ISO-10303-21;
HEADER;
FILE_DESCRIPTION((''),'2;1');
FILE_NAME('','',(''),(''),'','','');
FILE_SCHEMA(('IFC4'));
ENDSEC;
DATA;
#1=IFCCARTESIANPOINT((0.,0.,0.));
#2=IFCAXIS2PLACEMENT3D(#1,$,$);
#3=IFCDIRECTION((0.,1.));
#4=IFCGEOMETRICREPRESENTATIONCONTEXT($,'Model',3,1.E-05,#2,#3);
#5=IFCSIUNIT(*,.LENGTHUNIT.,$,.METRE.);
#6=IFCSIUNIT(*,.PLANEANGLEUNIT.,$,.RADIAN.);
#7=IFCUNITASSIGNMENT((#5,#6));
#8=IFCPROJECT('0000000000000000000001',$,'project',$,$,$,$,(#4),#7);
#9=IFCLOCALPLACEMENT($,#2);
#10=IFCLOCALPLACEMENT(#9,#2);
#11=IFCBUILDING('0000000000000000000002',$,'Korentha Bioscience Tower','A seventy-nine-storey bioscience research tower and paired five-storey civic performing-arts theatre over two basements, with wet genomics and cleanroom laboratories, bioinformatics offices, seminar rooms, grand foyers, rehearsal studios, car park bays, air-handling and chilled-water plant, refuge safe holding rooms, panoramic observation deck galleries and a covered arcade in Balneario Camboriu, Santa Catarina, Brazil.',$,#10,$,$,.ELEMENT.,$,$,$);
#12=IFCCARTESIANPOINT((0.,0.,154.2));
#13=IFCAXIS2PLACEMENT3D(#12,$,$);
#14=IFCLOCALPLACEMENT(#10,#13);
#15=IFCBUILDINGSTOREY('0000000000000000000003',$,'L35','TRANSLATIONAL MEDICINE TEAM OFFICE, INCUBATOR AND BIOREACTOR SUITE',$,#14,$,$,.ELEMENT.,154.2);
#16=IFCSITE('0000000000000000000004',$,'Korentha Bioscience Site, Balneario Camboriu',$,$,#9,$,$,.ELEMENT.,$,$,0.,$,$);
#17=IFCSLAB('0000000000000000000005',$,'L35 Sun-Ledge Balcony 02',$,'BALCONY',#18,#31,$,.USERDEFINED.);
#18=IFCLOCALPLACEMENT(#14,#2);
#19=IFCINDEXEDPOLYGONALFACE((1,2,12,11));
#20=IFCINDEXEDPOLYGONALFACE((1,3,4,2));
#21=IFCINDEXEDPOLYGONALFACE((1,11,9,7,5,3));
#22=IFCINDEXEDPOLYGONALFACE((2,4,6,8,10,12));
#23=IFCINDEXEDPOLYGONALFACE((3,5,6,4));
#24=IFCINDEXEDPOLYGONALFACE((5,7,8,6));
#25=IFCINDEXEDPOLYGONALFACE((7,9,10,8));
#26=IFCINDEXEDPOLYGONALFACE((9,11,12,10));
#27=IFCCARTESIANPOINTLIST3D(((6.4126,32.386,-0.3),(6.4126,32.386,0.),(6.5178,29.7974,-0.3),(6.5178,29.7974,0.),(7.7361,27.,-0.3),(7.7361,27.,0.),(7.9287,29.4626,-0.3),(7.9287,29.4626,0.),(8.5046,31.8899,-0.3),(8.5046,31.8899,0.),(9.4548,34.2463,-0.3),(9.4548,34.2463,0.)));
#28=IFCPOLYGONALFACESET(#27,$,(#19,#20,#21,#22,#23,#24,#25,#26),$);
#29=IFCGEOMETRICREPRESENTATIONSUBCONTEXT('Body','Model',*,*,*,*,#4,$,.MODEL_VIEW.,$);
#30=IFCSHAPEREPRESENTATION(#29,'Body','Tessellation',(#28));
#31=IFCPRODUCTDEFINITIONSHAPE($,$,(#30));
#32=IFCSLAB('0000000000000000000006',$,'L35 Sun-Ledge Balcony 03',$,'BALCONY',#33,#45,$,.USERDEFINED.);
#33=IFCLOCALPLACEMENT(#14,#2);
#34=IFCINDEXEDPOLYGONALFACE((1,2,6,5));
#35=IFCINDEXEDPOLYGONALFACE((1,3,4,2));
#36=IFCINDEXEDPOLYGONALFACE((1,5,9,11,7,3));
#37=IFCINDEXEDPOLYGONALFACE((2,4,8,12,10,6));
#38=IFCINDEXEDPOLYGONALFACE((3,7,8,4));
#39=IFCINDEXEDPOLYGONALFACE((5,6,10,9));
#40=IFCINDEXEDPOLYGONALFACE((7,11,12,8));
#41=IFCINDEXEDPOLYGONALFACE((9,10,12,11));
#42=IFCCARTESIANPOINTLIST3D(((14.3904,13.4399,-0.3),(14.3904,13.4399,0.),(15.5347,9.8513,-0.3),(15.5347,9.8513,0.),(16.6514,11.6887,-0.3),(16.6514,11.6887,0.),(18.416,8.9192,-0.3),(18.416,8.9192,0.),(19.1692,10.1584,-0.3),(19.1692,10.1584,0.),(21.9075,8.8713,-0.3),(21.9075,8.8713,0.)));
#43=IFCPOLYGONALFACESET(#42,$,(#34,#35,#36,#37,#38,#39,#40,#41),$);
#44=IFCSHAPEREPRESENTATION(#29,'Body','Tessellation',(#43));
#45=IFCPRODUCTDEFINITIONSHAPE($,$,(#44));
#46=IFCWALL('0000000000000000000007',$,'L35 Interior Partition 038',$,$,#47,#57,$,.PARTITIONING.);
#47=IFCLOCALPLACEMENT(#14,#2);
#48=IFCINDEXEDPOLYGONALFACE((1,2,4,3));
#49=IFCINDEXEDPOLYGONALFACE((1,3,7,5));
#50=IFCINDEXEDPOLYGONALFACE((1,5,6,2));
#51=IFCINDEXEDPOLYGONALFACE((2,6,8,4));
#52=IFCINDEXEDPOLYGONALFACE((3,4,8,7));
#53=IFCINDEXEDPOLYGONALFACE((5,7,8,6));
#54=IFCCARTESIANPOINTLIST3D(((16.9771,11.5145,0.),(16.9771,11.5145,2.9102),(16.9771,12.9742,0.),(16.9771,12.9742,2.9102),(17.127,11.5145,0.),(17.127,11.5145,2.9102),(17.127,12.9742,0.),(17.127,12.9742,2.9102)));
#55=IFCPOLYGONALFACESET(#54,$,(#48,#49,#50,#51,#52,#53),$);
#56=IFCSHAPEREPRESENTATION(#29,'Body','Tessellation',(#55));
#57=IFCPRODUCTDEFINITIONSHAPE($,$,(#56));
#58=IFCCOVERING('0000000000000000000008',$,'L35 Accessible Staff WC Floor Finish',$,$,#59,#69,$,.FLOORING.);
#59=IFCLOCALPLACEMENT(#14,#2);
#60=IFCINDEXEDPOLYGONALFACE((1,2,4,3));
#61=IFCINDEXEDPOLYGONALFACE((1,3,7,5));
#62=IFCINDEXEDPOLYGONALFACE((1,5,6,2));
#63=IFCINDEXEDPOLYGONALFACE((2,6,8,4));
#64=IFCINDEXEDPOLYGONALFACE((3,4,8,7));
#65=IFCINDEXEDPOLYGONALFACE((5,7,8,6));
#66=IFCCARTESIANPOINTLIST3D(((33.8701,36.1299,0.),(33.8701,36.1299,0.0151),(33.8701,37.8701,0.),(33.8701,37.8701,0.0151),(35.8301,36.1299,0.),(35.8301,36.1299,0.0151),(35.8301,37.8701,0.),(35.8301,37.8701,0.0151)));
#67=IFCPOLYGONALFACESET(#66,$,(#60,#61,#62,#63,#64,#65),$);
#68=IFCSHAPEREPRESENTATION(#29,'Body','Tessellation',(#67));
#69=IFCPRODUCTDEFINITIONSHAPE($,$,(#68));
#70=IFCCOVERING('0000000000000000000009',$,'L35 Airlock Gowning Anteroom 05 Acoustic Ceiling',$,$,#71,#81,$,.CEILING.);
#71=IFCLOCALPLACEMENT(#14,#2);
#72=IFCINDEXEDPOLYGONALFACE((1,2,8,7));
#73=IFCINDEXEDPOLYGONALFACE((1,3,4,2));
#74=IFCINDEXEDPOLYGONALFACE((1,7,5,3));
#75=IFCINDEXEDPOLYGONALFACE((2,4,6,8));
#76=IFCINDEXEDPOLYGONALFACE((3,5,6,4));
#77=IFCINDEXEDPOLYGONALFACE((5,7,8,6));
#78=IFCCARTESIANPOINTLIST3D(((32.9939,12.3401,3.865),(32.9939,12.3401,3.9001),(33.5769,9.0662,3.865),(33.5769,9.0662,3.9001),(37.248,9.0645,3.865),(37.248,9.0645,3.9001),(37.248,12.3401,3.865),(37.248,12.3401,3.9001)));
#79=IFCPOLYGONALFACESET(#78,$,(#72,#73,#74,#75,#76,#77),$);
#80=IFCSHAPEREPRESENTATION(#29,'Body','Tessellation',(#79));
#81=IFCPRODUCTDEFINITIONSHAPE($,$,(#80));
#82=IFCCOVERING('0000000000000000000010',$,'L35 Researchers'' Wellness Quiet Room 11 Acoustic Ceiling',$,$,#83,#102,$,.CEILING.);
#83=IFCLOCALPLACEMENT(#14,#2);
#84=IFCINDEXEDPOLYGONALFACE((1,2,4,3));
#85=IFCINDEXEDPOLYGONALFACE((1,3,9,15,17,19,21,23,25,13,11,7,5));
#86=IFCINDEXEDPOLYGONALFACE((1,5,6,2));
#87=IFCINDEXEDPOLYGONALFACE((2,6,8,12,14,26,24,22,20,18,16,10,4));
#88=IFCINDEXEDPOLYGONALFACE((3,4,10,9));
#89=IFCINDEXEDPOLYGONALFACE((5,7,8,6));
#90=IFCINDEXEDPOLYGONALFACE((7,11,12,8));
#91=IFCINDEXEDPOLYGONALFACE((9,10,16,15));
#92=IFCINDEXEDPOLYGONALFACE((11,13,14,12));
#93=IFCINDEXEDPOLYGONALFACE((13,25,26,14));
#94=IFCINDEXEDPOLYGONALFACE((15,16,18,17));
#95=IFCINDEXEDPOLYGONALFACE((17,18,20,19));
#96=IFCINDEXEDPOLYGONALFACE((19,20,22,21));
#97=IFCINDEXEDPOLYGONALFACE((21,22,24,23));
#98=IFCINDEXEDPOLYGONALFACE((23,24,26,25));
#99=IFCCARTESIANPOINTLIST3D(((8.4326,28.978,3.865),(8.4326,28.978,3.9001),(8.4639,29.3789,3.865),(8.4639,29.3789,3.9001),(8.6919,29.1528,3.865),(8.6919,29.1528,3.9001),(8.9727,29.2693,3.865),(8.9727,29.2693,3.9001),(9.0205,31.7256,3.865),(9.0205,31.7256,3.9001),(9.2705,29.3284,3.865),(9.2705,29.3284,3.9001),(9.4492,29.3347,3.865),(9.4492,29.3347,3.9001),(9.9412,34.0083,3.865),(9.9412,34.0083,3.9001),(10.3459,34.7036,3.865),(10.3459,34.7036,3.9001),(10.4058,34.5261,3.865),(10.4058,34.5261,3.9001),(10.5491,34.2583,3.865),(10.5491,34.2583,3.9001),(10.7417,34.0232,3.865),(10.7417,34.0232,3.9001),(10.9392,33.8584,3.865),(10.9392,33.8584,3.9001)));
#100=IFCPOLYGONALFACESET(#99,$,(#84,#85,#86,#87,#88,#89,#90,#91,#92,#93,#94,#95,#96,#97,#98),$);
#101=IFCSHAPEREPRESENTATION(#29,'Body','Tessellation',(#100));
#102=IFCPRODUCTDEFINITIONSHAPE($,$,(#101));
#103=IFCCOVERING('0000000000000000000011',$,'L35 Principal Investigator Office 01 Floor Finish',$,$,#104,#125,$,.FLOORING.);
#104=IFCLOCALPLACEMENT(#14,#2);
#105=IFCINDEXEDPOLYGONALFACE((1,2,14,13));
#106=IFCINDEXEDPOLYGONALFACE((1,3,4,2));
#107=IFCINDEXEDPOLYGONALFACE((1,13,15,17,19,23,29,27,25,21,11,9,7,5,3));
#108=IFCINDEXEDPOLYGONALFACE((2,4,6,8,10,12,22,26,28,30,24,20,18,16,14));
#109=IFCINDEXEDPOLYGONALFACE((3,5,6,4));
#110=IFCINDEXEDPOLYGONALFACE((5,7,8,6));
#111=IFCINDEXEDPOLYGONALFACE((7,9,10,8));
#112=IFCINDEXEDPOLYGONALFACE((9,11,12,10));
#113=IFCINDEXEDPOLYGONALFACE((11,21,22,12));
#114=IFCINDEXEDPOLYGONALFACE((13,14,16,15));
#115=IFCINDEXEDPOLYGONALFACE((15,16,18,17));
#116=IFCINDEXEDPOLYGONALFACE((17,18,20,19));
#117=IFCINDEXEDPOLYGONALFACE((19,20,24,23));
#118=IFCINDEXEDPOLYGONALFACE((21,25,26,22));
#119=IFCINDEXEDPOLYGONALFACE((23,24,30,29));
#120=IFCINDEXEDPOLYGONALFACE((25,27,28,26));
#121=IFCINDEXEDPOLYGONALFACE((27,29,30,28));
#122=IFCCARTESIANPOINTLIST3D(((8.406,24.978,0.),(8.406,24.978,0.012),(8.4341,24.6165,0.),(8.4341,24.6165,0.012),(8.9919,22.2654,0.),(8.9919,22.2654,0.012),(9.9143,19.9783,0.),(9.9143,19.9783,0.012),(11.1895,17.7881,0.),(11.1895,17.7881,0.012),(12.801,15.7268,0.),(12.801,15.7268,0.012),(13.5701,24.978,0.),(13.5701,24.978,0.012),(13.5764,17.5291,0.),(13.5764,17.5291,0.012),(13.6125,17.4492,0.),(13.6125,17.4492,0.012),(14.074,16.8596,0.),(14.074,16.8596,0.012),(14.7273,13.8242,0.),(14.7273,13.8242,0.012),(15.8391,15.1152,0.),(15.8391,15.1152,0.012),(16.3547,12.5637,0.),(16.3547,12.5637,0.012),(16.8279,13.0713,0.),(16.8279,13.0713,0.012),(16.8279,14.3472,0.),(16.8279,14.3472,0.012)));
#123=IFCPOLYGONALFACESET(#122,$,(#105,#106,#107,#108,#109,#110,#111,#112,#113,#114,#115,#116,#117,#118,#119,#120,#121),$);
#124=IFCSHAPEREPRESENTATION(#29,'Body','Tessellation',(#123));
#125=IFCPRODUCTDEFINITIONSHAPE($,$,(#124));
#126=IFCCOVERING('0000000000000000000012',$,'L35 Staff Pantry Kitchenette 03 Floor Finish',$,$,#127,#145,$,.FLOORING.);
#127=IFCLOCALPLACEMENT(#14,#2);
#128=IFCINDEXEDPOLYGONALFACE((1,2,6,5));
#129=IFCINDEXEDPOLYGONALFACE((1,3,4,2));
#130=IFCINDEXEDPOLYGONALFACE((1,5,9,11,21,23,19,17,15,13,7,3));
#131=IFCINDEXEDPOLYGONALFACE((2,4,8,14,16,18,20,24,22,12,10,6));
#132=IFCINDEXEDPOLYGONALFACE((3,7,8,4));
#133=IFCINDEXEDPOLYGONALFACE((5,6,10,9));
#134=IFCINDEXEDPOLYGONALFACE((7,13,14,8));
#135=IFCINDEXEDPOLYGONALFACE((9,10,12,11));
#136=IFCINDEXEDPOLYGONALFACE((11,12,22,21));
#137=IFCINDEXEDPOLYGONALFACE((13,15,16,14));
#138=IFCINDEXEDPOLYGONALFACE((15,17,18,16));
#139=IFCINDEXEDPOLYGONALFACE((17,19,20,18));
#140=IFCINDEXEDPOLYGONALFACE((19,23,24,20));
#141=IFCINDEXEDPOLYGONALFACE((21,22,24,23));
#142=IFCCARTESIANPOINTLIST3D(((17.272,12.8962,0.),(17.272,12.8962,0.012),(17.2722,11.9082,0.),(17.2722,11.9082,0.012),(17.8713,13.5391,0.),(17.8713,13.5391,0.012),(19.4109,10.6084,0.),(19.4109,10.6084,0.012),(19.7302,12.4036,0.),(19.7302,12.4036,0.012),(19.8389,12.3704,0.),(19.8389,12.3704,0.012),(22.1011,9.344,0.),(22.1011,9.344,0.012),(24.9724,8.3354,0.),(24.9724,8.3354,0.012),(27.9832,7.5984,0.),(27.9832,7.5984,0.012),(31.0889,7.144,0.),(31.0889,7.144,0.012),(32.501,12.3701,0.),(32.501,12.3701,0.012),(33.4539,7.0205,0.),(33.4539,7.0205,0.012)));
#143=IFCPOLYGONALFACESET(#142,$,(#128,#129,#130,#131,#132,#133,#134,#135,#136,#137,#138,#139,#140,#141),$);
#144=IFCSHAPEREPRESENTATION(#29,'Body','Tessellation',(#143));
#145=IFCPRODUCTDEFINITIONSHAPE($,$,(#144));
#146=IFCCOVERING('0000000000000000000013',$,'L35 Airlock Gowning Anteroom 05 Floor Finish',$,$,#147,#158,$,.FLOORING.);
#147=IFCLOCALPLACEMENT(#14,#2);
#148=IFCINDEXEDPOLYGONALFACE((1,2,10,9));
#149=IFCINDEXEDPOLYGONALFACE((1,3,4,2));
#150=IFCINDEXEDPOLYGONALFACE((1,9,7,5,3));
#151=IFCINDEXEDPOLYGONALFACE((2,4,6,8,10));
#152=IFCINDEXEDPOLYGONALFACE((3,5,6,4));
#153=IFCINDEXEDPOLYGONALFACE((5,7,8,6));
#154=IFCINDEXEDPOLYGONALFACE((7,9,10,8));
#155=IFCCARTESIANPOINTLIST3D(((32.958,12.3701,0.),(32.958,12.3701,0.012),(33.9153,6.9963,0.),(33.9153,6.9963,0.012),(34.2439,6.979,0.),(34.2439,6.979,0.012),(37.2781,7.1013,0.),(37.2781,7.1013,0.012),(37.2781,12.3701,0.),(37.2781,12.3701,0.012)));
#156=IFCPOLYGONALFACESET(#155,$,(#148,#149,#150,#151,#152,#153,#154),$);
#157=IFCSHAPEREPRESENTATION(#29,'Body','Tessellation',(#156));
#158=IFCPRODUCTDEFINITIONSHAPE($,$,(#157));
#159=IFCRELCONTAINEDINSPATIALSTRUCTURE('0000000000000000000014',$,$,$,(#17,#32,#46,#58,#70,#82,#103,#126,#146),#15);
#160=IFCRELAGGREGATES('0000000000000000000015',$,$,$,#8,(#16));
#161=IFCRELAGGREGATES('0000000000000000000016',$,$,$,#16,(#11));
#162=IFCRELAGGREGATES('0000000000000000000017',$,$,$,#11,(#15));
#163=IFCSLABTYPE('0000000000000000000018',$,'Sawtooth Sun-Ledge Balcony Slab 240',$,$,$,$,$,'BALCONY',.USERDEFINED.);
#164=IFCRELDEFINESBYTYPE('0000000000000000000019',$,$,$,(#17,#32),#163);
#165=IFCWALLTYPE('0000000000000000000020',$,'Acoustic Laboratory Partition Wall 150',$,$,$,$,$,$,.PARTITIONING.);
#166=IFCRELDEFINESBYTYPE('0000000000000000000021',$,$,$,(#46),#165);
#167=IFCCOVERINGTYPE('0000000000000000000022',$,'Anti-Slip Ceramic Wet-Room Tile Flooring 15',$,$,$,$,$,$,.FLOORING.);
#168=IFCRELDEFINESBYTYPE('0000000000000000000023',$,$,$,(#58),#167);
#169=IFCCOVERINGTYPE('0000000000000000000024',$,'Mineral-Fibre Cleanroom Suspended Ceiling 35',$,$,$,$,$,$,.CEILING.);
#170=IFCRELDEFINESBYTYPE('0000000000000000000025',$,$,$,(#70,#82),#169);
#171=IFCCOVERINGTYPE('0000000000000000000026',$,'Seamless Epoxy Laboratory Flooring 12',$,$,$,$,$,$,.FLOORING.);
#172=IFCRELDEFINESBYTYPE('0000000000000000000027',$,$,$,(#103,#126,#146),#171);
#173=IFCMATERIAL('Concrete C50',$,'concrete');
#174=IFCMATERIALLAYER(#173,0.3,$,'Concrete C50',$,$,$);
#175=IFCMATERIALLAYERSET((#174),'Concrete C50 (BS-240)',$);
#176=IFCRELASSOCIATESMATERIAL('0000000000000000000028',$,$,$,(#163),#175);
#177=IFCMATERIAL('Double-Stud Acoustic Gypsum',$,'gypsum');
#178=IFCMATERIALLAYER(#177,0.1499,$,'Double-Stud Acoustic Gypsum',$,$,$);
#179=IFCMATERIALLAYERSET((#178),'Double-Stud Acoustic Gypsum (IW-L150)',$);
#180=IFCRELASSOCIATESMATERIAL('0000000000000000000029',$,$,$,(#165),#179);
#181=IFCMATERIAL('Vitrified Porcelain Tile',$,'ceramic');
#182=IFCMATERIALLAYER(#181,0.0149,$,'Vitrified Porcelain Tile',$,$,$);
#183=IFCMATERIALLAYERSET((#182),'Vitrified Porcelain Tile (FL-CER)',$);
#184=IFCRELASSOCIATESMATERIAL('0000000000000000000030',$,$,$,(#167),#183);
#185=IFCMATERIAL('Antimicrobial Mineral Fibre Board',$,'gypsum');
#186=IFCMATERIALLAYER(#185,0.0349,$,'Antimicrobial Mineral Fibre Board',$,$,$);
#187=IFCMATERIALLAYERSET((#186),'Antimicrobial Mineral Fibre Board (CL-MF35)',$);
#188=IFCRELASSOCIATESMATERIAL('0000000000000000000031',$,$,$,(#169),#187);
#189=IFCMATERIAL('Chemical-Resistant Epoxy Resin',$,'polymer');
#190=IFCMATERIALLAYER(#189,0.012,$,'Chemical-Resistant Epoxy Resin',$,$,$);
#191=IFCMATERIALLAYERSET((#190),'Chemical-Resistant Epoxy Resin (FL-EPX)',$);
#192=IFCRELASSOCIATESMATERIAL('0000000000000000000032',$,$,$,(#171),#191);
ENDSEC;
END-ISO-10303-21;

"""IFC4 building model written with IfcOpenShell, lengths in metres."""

from ifc_helpers import new_model, si_unit, direction, frame, frame_2d, origin, place, context, subcontext, project, spatial, polyline, rectangle, outline, extrude, material, layer, layer_set, type_object, element, save


model = new_model("IFC4")

# Units and contexts
model_context = context("Model", 3, precision=1e-05, world=origin(), true_north=direction((0.0, 1.0)))
body_context = subcontext(model_context, "Body", "Model", "MODEL_VIEW")
ifc_project = project(units=[si_unit("LENGTHUNIT", "METRE"), si_unit("PLANEANGLEUNIT", "RADIAN")], contexts=[model_context])

# Site, building, storey
site_placement = place(None, origin())
site = spatial("IfcSite", under=ifc_project, at=site_placement, Name="Korentha Bioscience Site, Balneario Camboriu", CompositionType="ELEMENT", RefElevation=0.0)
building_placement = place(site_placement, origin())
building = spatial("IfcBuilding", under=site, at=building_placement, Name="Korentha Bioscience Tower", Description="A seventy-nine-storey bioscience research tower and paired five-storey civic performing-arts theatre over two basements, with wet genomics and cleanroom laboratories, bioinformatics offices, seminar rooms, grand foyers, rehearsal studios, car park bays, air-handling and chilled-water plant, refuge safe holding rooms, panoramic observation deck galleries and a covered arcade in Balneario Camboriu, Santa Catarina, Brazil.", CompositionType="ELEMENT")
storey_placement = place(building_placement, frame((0.0, 0.0, 154.2)))
storey = spatial("IfcBuildingStorey", under=building, at=storey_placement, Name="L35", Description="TRANSLATIONAL MEDICINE TEAM OFFICE, INCUBATOR AND BIOREACTOR SUITE", CompositionType="ELEMENT", Elevation=154.2)

# Shared definitions
ifc_material_1 = material(Name="Concrete C50", Category="concrete")

# Slabs
ifc_layer_1 = layer(ifc_material_1, 0.3, Name="Concrete C50")
ifc_layer_set_1 = layer_set([ifc_layer_1], Name="Concrete C50 (BS-240)")
slab_type_1 = type_object("IfcSlabType", Name="Sawtooth Sun-Ledge Balcony Slab 240", ElementType="BALCONY", PredefinedType="USERDEFINED", material=ifc_layer_set_1)
slab_1_placement = place(storey_placement, frame((0.0, 0.0, -0.3)))
element("IfcSlab", 1, at=slab_1_placement, inside=storey, type_object=slab_type_1, Name="L35 Sun-Ledge Balcony 02", ObjectType="BALCONY", PredefinedType="USERDEFINED", context=body_context, shape_type="SweptSolid", body=[
    extrude(outline(polyline([(7.7361, 27.0), (7.9287, 29.4626), (8.5046, 31.8899), (9.4548, 34.2463), (6.4126, 32.386), (6.5178, 29.7974), (7.7361, 27.0)])), origin(), (0.0, 0.0, 1.0), 0.3),
])
slab_2_placement = place(storey_placement, frame((0.0, 0.0, -0.3)))
element("IfcSlab", 2, at=slab_2_placement, inside=storey, type_object=slab_type_1, Name="L35 Sun-Ledge Balcony 03", ObjectType="BALCONY", PredefinedType="USERDEFINED", context=body_context, shape_type="SweptSolid", body=[
    extrude(outline(polyline([(21.9075, 8.8713), (19.1692, 10.1584), (16.6514, 11.6887), (14.3904, 13.4399), (15.5347, 9.8513), (18.416, 8.9192), (21.9075, 8.8713)])), origin(), (0.0, 0.0, 1.0), 0.3),
])

# Wall
ifc_material_2 = material(Name="Double-Stud Acoustic Gypsum", Category="gypsum")
ifc_layer_2 = layer(ifc_material_2, 0.1499, Name="Double-Stud Acoustic Gypsum")
ifc_layer_set_2 = layer_set([ifc_layer_2], Name="Double-Stud Acoustic Gypsum (IW-L150)")
wall_type_1 = type_object("IfcWallType", Name="Acoustic Laboratory Partition Wall 150", PredefinedType="PARTITIONING", material=ifc_layer_set_2)
wall_1_placement = place(storey_placement, frame((17.052, 11.5144, 0.0), z_axis=(0.0, 0.0, 1.0), x_axis=(0.0, 1.0, 0.0)))
element("IfcWall", 3, at=wall_1_placement, inside=storey, type_object=wall_type_1, Name="L35 Interior Partition 038", PredefinedType="PARTITIONING", context=body_context, shape_type="SweptSolid", body=[
    extrude(rectangle(XDim=1.4597, YDim=0.1499, at=frame_2d((0.73, 0.0))), origin(), (0.0, 0.0, 1.0), 2.9102),
])

# Coverings
ifc_material_3 = material(Name="Vitrified Porcelain Tile", Category="ceramic")
ifc_layer_3 = layer(ifc_material_3, 0.0149, Name="Vitrified Porcelain Tile")
ifc_layer_set_3 = layer_set([ifc_layer_3], Name="Vitrified Porcelain Tile (FL-CER)")
covering_type_1 = type_object("IfcCoveringType", Name="Anti-Slip Ceramic Wet-Room Tile Flooring 15", PredefinedType="FLOORING", material=ifc_layer_set_3)
covering_1_placement = place(storey_placement, origin())
element("IfcCovering", 4, at=covering_1_placement, inside=storey, type_object=covering_type_1, Name="L35 Accessible Staff WC Floor Finish", PredefinedType="FLOORING", context=body_context, shape_type="SweptSolid", body=[
    extrude(outline(polyline([(33.8701, 36.1299), (33.8701, 37.8701), (35.8301, 37.8701), (35.8301, 36.1299), (33.8701, 36.1299)])), origin(), (0.0, 0.0, 1.0), 0.0151),
])
ifc_material_4 = material(Name="Antimicrobial Mineral Fibre Board", Category="gypsum")
ifc_layer_4 = layer(ifc_material_4, 0.0349, Name="Antimicrobial Mineral Fibre Board")
ifc_layer_set_4 = layer_set([ifc_layer_4], Name="Antimicrobial Mineral Fibre Board (CL-MF35)")
covering_type_2 = type_object("IfcCoveringType", Name="Mineral-Fibre Cleanroom Suspended Ceiling 35", PredefinedType="CEILING", material=ifc_layer_set_4)
covering_2_placement = place(storey_placement, frame((0.0, 0.0, 3.865)))
element("IfcCovering", 5, at=covering_2_placement, inside=storey, type_object=covering_type_2, Name="L35 Airlock Gowning Anteroom 05 Acoustic Ceiling", PredefinedType="CEILING", context=body_context, shape_type="SweptSolid", body=[
    extrude(outline(polyline([(37.248, 9.0645), (33.5769, 9.0662), (32.9939, 12.3401), (37.248, 12.3401), (37.248, 9.0645)])), origin(), (0.0, 0.0, 1.0), 0.0352),
])
covering_3_placement = place(storey_placement, frame((0.0, 0.0, 3.865)))
element("IfcCovering", 6, at=covering_3_placement, inside=storey, type_object=covering_type_2, Name="L35 Researchers' Wellness Quiet Room 11 Acoustic Ceiling", PredefinedType="CEILING", context=body_context, shape_type="SweptSolid", body=[
    extrude(outline(polyline([(10.3459, 34.7036), (10.4058, 34.5261), (10.5491, 34.2583), (10.7417, 34.0232), (10.9392, 33.8584), (9.4492, 29.3347), (9.2705, 29.3284), (8.9727, 29.2693), (8.6919, 29.1528), (8.4326, 28.978), (8.4639, 29.3789), (9.0205, 31.7256), (9.9412, 34.0083), (10.3459, 34.7036)])), origin(), (0.0, 0.0, 1.0), 0.0352),
])
ifc_material_5 = material(Name="Chemical-Resistant Epoxy Resin", Category="polymer")
ifc_layer_5 = layer(ifc_material_5, 0.012, Name="Chemical-Resistant Epoxy Resin")
ifc_layer_set_5 = layer_set([ifc_layer_5], Name="Chemical-Resistant Epoxy Resin (FL-EPX)")
covering_type_3 = type_object("IfcCoveringType", Name="Seamless Epoxy Laboratory Flooring 12", PredefinedType="FLOORING", material=ifc_layer_set_5)
covering_4_placement = place(storey_placement, origin())
element("IfcCovering", 7, at=covering_4_placement, inside=storey, type_object=covering_type_3, Name="L35 Principal Investigator Office 01 Floor Finish", PredefinedType="FLOORING", context=body_context, shape_type="SweptSolid", body=[
    extrude(outline(polyline([(13.5701, 24.978), (13.5764, 17.5291), (13.6125, 17.4492), (14.074, 16.8596), (15.8391, 15.1152), (16.8279, 14.3472), (16.8279, 13.0713), (16.3547, 12.5637), (14.7273, 13.8242), (12.801, 15.7268), (11.1895, 17.7881), (9.9143, 19.9783), (8.9919, 22.2654), (8.4341, 24.6165), (8.406, 24.978), (13.5701, 24.978)])), origin(), (0.0, 0.0, 1.0), 0.012),
])
covering_5_placement = place(storey_placement, origin())
element("IfcCovering", 8, at=covering_5_placement, inside=storey, type_object=covering_type_3, Name="L35 Staff Pantry Kitchenette 03 Floor Finish", PredefinedType="FLOORING", context=body_context, shape_type="SweptSolid", body=[
    extrude(outline(polyline([(17.8713, 13.5391), (19.7302, 12.4036), (19.8389, 12.3704), (32.501, 12.3701), (33.4539, 7.0205), (31.0889, 7.144), (27.9832, 7.5984), (24.9724, 8.3354), (22.1011, 9.344), (19.4109, 10.6084), (17.2722, 11.9082), (17.272, 12.8962), (17.8713, 13.5391)])), origin(), (0.0, 0.0, 1.0), 0.012),
])
covering_6_placement = place(storey_placement, origin())
element("IfcCovering", 9, at=covering_6_placement, inside=storey, type_object=covering_type_3, Name="L35 Airlock Gowning Anteroom 05 Floor Finish", PredefinedType="FLOORING", context=body_context, shape_type="SweptSolid", body=[
    extrude(outline(polyline([(32.958, 12.3701), (37.2781, 12.3701), (37.2781, 7.1013), (34.2439, 6.979), (33.9153, 6.9963), (32.958, 12.3701)])), origin(), (0.0, 0.0, 1.0), 0.012),
])

save(model, "model.ifc")
